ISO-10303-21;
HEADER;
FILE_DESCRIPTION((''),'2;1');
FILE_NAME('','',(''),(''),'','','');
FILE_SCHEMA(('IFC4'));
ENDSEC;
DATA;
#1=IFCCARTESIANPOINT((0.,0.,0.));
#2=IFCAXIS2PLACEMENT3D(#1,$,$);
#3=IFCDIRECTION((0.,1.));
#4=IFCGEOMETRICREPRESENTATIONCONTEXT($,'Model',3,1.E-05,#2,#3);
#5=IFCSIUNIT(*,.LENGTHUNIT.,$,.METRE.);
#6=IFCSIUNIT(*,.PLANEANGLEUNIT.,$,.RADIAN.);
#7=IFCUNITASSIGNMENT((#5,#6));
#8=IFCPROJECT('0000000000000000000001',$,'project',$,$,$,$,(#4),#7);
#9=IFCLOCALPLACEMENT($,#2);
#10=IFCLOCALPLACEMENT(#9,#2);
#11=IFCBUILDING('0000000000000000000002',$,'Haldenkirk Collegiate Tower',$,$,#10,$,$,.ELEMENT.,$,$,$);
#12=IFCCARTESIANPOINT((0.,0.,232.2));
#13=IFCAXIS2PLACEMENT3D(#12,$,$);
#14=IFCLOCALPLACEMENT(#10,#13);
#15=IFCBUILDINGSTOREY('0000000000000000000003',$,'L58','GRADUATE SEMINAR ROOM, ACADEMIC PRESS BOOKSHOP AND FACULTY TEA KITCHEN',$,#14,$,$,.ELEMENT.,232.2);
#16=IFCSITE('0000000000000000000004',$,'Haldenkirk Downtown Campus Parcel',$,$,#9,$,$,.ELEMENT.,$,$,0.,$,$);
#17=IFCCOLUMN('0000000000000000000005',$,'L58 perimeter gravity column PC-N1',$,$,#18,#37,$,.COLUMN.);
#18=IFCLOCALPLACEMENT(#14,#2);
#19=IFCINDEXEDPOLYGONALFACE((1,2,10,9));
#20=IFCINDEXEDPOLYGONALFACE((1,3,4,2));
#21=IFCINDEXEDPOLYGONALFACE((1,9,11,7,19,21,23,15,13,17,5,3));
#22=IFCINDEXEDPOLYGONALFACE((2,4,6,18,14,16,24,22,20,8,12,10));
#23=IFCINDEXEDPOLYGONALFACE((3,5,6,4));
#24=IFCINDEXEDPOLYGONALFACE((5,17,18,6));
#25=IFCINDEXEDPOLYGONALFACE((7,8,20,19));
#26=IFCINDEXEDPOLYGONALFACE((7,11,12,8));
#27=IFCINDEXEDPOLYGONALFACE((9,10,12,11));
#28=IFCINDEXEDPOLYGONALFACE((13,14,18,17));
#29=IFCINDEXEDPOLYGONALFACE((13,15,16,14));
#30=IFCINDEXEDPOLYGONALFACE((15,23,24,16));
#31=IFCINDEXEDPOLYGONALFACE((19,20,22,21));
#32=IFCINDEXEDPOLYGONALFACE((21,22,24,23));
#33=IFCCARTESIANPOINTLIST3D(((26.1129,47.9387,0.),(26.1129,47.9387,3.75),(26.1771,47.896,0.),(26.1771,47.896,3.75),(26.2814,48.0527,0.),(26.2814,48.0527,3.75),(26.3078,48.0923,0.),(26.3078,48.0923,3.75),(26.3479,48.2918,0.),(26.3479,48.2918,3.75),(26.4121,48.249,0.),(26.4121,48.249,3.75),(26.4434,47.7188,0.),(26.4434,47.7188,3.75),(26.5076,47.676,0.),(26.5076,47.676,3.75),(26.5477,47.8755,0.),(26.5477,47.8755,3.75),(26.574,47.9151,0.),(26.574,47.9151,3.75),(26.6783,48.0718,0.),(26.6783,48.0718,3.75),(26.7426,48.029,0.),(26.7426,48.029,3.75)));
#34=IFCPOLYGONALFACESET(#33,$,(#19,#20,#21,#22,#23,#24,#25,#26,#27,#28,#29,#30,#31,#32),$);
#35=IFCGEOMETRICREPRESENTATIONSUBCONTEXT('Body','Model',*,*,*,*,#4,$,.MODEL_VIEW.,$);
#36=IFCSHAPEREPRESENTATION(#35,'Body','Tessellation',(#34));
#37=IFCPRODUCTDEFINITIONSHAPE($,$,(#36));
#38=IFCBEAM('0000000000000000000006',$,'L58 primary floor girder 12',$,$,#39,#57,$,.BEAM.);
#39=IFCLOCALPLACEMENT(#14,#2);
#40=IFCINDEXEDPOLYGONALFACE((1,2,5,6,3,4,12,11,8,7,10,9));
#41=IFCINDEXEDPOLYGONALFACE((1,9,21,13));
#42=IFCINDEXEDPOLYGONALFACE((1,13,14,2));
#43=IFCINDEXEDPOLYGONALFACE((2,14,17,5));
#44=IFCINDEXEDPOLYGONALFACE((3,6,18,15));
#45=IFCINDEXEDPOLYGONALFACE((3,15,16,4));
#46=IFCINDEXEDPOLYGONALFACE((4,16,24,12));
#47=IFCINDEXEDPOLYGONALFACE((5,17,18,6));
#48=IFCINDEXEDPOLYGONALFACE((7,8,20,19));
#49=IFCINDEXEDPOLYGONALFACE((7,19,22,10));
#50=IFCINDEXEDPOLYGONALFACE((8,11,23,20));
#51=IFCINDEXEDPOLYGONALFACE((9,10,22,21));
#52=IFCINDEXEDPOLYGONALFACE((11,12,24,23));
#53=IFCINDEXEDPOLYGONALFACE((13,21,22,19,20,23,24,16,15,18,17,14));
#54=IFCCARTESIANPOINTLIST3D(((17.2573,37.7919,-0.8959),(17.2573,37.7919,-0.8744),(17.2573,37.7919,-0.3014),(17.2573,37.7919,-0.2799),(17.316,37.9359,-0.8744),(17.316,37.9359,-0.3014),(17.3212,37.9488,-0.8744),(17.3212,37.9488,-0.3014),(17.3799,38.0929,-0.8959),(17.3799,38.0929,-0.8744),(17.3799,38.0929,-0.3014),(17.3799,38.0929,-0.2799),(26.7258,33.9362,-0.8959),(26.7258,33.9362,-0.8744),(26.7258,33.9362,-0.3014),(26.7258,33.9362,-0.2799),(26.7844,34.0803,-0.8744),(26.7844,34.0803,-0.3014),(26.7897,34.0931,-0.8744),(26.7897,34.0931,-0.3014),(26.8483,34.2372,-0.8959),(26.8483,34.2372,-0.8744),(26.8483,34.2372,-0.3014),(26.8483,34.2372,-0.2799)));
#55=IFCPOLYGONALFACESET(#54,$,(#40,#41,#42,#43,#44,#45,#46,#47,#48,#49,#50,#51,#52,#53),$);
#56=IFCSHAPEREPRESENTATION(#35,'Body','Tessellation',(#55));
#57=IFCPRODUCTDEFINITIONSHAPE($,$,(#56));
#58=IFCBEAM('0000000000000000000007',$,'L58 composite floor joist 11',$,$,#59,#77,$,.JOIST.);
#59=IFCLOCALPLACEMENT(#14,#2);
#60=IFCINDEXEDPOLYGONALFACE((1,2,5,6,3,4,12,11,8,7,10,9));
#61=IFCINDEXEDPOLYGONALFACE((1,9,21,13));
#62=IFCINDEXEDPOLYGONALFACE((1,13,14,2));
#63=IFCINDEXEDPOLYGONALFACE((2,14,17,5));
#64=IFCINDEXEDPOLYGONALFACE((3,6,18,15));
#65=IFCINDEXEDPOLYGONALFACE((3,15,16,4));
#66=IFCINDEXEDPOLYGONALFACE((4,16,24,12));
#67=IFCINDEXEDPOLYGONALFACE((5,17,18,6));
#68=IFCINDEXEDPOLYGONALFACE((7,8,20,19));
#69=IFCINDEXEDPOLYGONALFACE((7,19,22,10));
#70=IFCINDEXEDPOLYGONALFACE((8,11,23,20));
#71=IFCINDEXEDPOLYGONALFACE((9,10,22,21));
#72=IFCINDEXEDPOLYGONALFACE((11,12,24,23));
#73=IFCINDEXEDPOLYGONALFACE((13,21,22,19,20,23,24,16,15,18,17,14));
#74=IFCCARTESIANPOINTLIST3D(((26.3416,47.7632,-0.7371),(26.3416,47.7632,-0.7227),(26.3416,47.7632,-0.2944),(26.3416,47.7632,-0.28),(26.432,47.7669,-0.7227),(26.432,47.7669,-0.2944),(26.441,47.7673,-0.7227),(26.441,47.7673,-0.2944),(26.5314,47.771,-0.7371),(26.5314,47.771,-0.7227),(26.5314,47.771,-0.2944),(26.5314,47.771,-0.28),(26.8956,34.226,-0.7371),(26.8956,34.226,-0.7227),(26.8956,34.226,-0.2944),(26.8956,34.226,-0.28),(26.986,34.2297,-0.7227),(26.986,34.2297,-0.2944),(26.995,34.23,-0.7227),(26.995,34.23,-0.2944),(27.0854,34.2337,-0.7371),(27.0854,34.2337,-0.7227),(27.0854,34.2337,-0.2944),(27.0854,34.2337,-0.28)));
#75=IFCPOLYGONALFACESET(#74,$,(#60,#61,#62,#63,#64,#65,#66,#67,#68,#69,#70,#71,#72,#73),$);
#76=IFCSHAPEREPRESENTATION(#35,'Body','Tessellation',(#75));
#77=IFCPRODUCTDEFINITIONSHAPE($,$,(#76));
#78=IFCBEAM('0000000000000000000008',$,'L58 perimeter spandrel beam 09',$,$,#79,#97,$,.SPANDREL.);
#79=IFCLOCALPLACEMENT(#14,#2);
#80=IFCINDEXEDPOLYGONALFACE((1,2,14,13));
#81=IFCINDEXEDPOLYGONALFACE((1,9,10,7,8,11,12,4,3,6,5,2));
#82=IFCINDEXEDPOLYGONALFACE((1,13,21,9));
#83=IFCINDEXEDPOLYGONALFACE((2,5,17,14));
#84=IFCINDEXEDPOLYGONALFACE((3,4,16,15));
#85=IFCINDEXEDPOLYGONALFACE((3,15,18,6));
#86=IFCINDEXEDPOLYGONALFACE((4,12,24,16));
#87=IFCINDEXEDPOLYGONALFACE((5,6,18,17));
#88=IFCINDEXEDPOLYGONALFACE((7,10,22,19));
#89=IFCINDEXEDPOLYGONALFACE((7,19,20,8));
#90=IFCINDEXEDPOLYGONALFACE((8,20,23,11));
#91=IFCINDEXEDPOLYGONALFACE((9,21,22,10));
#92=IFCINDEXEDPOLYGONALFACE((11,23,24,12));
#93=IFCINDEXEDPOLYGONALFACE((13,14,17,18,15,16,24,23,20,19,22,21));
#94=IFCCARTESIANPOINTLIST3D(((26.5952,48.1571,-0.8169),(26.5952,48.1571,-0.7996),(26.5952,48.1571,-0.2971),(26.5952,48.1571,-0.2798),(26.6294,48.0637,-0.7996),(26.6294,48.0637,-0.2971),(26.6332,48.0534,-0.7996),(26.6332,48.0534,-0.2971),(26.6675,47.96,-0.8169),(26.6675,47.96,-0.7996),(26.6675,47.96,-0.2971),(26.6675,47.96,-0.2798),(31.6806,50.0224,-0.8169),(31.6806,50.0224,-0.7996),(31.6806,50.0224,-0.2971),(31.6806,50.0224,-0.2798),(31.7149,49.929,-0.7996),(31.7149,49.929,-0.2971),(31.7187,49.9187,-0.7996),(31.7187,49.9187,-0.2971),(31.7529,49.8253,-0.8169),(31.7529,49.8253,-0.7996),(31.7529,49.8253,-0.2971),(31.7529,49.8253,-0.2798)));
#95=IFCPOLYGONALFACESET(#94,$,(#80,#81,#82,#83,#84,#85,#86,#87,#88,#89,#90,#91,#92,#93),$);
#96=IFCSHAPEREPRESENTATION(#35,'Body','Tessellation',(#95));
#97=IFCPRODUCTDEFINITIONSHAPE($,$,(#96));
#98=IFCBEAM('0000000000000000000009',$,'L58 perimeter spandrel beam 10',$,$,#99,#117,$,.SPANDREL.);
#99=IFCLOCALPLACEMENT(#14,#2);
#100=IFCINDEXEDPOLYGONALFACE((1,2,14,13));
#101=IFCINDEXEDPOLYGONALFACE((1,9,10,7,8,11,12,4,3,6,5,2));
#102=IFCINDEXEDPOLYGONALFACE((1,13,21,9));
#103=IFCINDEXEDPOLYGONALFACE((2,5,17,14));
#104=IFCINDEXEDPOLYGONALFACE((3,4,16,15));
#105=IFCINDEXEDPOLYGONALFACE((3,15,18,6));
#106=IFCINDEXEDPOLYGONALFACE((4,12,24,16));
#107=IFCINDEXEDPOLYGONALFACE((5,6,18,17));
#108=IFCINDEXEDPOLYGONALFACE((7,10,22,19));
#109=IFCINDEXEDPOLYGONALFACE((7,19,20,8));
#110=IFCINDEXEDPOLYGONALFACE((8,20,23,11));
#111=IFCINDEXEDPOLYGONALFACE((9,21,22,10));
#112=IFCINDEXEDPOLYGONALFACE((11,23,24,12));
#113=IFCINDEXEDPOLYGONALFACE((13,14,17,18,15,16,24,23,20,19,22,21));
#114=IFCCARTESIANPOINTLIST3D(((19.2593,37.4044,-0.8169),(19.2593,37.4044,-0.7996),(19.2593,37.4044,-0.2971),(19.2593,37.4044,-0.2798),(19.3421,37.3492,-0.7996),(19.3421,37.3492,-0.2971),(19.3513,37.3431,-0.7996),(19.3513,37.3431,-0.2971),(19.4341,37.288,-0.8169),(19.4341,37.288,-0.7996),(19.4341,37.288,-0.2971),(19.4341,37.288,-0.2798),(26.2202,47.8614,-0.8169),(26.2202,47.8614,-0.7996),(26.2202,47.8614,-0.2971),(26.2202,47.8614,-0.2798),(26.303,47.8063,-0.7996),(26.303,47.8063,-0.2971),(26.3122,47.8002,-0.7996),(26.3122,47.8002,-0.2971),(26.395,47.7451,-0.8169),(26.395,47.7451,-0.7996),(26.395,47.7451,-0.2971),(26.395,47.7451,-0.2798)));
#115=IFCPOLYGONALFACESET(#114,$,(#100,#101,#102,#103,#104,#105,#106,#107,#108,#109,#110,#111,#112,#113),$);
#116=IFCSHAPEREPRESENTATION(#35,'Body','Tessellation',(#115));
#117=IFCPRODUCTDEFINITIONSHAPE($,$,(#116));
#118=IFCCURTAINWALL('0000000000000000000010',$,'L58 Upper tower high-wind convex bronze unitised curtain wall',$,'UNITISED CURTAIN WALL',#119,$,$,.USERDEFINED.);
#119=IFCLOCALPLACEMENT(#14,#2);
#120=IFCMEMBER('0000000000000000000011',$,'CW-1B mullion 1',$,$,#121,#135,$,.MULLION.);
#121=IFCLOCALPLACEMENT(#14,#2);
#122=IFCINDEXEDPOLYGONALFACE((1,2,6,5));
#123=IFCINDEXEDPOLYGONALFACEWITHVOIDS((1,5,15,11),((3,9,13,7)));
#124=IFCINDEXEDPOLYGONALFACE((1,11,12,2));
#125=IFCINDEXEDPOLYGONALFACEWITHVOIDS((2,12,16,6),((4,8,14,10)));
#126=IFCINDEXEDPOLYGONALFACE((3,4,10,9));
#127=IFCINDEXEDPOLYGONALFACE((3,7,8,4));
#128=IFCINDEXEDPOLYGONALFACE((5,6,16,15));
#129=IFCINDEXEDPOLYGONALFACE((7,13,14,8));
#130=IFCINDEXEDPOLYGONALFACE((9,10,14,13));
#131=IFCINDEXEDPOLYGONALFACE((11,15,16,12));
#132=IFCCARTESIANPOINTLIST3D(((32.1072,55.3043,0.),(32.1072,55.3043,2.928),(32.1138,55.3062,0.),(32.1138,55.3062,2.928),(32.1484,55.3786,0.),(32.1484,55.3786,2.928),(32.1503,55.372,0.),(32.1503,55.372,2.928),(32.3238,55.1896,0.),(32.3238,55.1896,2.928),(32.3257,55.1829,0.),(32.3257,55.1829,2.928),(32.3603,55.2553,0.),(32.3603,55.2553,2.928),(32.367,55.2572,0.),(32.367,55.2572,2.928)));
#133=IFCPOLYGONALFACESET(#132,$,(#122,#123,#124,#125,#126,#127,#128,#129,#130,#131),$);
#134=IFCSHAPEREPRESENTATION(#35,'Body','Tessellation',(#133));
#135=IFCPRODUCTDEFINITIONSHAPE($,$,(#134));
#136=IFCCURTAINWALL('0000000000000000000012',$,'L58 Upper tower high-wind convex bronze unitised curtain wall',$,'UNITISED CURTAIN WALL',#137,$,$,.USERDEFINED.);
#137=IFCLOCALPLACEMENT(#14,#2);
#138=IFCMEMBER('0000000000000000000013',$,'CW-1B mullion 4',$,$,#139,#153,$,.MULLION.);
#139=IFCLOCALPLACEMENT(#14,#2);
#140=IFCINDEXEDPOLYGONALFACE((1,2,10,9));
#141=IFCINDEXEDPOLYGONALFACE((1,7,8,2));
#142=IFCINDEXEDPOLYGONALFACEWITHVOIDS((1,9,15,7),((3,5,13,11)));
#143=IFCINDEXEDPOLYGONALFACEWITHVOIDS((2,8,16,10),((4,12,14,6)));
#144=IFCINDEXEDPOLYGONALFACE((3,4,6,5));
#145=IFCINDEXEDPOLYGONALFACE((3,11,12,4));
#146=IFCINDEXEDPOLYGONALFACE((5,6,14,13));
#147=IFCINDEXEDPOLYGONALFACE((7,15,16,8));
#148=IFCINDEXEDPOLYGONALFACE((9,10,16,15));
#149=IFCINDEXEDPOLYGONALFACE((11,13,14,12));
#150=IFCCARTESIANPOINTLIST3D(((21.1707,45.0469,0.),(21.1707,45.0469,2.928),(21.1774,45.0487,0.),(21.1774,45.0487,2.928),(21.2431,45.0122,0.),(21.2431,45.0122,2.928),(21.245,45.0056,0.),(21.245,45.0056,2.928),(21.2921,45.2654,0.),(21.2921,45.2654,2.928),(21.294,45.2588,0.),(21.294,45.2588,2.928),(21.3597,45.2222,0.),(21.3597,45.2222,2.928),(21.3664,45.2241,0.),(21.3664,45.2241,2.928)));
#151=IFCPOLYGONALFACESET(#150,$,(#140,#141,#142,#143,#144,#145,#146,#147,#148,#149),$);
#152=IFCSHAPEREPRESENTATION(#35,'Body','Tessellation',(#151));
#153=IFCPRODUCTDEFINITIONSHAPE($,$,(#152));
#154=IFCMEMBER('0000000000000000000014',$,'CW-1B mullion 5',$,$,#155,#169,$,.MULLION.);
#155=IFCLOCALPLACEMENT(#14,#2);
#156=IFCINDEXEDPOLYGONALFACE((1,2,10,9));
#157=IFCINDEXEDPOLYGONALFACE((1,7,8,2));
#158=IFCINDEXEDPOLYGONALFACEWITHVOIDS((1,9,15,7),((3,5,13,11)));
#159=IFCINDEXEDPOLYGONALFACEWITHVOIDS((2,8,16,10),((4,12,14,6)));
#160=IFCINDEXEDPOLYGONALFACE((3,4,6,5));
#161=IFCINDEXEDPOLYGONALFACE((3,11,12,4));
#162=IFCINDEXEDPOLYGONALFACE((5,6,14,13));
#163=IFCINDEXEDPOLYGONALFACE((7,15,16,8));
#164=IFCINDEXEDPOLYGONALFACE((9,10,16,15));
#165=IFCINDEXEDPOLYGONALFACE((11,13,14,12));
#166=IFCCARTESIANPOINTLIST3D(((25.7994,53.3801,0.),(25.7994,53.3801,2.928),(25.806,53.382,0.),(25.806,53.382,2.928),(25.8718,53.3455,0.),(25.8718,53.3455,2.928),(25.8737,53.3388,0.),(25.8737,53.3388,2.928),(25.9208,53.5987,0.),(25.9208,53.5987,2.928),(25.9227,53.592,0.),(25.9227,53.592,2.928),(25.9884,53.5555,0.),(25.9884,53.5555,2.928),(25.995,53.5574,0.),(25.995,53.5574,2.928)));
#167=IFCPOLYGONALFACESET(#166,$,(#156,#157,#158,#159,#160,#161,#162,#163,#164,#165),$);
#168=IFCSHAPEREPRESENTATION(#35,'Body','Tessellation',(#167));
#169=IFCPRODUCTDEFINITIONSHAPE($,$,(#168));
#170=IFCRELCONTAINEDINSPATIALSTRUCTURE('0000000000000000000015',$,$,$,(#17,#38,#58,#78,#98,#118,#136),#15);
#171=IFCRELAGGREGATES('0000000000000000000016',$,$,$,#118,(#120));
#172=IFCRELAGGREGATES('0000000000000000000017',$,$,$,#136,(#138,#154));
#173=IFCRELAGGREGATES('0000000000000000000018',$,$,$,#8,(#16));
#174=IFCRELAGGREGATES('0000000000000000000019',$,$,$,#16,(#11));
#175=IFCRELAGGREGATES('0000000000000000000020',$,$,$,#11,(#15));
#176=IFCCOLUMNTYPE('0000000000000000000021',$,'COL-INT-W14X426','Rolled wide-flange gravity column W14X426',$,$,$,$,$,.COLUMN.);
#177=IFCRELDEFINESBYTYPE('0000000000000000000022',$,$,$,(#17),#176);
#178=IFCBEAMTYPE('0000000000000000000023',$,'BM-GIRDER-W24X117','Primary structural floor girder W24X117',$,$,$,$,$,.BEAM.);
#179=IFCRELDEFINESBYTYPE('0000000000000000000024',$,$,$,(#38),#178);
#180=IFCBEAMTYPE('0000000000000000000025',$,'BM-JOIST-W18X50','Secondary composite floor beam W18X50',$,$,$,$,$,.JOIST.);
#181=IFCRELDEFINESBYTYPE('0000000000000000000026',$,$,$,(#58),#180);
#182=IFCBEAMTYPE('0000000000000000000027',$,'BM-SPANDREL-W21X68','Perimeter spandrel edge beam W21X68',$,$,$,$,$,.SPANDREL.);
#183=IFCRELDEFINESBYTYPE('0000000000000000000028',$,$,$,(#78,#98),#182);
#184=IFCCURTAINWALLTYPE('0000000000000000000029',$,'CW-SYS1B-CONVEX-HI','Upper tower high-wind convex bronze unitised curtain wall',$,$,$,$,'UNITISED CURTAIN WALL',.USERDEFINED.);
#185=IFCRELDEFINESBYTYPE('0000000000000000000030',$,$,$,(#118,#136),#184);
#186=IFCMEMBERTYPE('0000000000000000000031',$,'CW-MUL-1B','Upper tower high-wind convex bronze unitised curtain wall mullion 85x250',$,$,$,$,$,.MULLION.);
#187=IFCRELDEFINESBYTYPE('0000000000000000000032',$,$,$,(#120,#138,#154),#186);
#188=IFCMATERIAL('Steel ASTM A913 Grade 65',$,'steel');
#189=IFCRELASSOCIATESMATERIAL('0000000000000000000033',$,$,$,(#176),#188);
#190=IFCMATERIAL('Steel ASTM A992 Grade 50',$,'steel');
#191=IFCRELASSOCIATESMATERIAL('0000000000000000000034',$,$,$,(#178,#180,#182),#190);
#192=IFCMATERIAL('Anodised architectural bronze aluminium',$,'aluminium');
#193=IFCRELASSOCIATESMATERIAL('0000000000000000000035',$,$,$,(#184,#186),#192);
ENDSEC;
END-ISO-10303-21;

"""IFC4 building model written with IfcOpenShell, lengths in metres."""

from ifc_helpers import new_model, si_unit, direction, frame, origin, origin_2d, place, context, subcontext, project, spatial, hollow_rectangle, i_section, extrude, material, material_profile, profile_set, type_object, element, aggregate, save


model = new_model("IFC4")

# Units and contexts
model_context = context("Model", 3, precision=1e-05, world=origin(), true_north=direction((0.0, 1.0)))
body_context = subcontext(model_context, "Body", "Model", "MODEL_VIEW")
ifc_project = project(units=[si_unit("LENGTHUNIT", "METRE"), si_unit("PLANEANGLEUNIT", "RADIAN")], contexts=[model_context])

# Site, building, storey
site_placement = place(None, origin())
site = spatial("IfcSite", under=ifc_project, at=site_placement, Name="Haldenkirk Downtown Campus Parcel", CompositionType="ELEMENT", RefElevation=0.0)
building_placement = place(site_placement, origin())
building = spatial("IfcBuilding", under=site, at=building_placement, Name="Haldenkirk Collegiate Tower", CompositionType="ELEMENT")
storey_placement = place(building_placement, frame((0.0, 0.0, 232.2)))
storey = spatial("IfcBuildingStorey", under=building, at=storey_placement, Name="L58", Description="GRADUATE SEMINAR ROOM, ACADEMIC PRESS BOOKSHOP AND FACULTY TEA KITCHEN", CompositionType="ELEMENT", Elevation=232.2)

# Column
ifc_material_1 = material(Name="Steel ASTM A913 Grade 65", Category="steel")
ifc_material_profile_1 = material_profile(ifc_material_1, i_section(OverallWidth=0.4241, OverallDepth=0.4741, WebThickness=0.0476, FlangeThickness=0.0771, at=origin_2d()), Name="W14X426")
ifc_profile_set_1 = profile_set([ifc_material_profile_1], Name="Steel ASTM A913 Grade 65")
column_type = type_object("IfcColumnType", Name="COL-INT-W14X426", Description="Rolled wide-flange gravity column W14X426", PredefinedType="COLUMN", material=ifc_profile_set_1)
column_placement = place(storey_placement, frame((26.4277, 47.9839, 0.0), z_axis=(0.0, 0.0, 1.0), x_axis=(0.554118, 0.832438, 0.0)))
element("IfcColumn", 1, at=column_placement, inside=storey, type_object=column_type, Name="L58 perimeter gravity column PC-N1", PredefinedType="COLUMN", context=body_context, shape_type="SweptSolid", body=[
    extrude(i_section(OverallWidth=0.4241, OverallDepth=0.4741, WebThickness=0.0476, FlangeThickness=0.0771, at=origin_2d()), origin(), (0.0, 0.0, 1.0), 3.75),
])

# Beams
ifc_material_2 = material(Name="Steel ASTM A992 Grade 50", Category="steel")
ifc_material_profile_2 = material_profile(ifc_material_2, i_section(OverallWidth=0.325, OverallDepth=0.616, WebThickness=0.0139, FlangeThickness=0.0215, at=origin_2d()), Name="W24X117")
ifc_profile_set_2 = profile_set([ifc_material_profile_2], Name="Steel ASTM A992 Grade 50")
beam_type_1 = type_object("IfcBeamType", Name="BM-GIRDER-W24X117", Description="Primary structural floor girder W24X117", PredefinedType="BEAM", material=ifc_profile_set_2)
beam_1_placement = place(storey_placement, frame((17.3186, 37.9424, -0.5879), z_axis=(0.926155, -0.377144, 0.0), x_axis=(0.377144, 0.926155, 0.0)))
element("IfcBeam", 2, at=beam_1_placement, inside=storey, type_object=beam_type_1, Name="L58 primary floor girder 12", PredefinedType="BEAM", context=body_context, shape_type="SweptSolid", body=[
    extrude(i_section(OverallWidth=0.325, OverallDepth=0.616, WebThickness=0.0139, FlangeThickness=0.0215, at=origin_2d()), origin(), (0.0, 0.0, 1.0), 10.2234),
])
ifc_material_profile_3 = material_profile(ifc_material_2, i_section(OverallWidth=0.1899, OverallDepth=0.457, WebThickness=0.009, FlangeThickness=0.0144, at=origin_2d()), Name="W18X50")
ifc_profile_set_3 = profile_set([ifc_material_profile_3], Name="Steel ASTM A992 Grade 50")
beam_type_2 = type_object("IfcBeamType", Name="BM-JOIST-W18X50", Description="Secondary composite floor beam W18X50", PredefinedType="JOIST", material=ifc_profile_set_3)
beam_2_placement = place(storey_placement, frame((26.4365, 47.7671, -0.5085), z_axis=(0.040886, -0.999164, 0.0), x_axis=(0.999164, 0.040886, 0.0)))
element("IfcBeam", 3, at=beam_2_placement, inside=storey, type_object=beam_type_2, Name="L58 composite floor joist 11", PredefinedType="JOIST", context=body_context, shape_type="SweptSolid", body=[
    extrude(i_section(OverallWidth=0.1899, OverallDepth=0.457, WebThickness=0.009, FlangeThickness=0.0144, at=origin_2d()), origin(), (0.0, 0.0, 1.0), 13.5486),
])
ifc_material_profile_4 = material_profile(ifc_material_2, i_section(OverallWidth=0.21, OverallDepth=0.5371, WebThickness=0.011, FlangeThickness=0.0173, at=origin_2d()), Name="W21X68")
ifc_profile_set_4 = profile_set([ifc_material_profile_4], Name="Steel ASTM A992 Grade 50")
beam_type_3 = type_object("IfcBeamType", Name="BM-SPANDREL-W21X68", Description="Perimeter spandrel edge beam W21X68", PredefinedType="SPANDREL", material=ifc_profile_set_4)
beam_3_placement = place(storey_placement, frame((31.7168, 49.9238, -0.5483), z_axis=(-0.938842, -0.344347, 0.0), x_axis=(0.344347, -0.938842, 0.0)))
element("IfcBeam", 4, at=beam_3_placement, inside=storey, type_object=beam_type_3, Name="L58 perimeter spandrel beam 09", PredefinedType="SPANDREL", context=body_context, shape_type="SweptSolid", body=[
    extrude(i_section(OverallWidth=0.21, OverallDepth=0.5371, WebThickness=0.011, FlangeThickness=0.0173, at=origin_2d()), origin(), (0.0, 0.0, 1.0), 5.4167),
])
beam_4_placement = place(storey_placement, frame((26.3076, 47.8032, -0.5483), z_axis=(-0.554126, -0.832433, 0.0), x_axis=(0.832433, -0.554126, 0.0)))
element("IfcBeam", 5, at=beam_4_placement, inside=storey, type_object=beam_type_3, Name="L58 perimeter spandrel beam 10", PredefinedType="SPANDREL", context=body_context, shape_type="SweptSolid", body=[
    extrude(i_section(OverallWidth=0.21, OverallDepth=0.5371, WebThickness=0.011, FlangeThickness=0.0173, at=origin_2d()), origin(), (0.0, 0.0, 1.0), 12.562),
])

# Curtain wall, member
ifc_material_3 = material(Name="Anodised architectural bronze aluminium", Category="aluminium")
curtain_wall_type = type_object("IfcCurtainWallType", Name="CW-SYS1B-CONVEX-HI", Description="Upper tower high-wind convex bronze unitised curtain wall", ElementType="UNITISED CURTAIN WALL", PredefinedType="USERDEFINED", material=ifc_material_3)
curtain_wall_1_placement = place(storey_placement, origin())
curtain_wall_1 = element("IfcCurtainWall", 6, at=curtain_wall_1_placement, inside=storey, type_object=curtain_wall_type, Name="L58 Upper tower high-wind convex bronze unitised curtain wall", ObjectType="UNITISED CURTAIN WALL", PredefinedType="USERDEFINED")
ifc_material_profile_5 = material_profile(ifc_material_3, hollow_rectangle(XDim=0.085, YDim=0.25, WallThickness=0.0049, at=origin_2d()), Name="CW-MUL-1B")
ifc_profile_set_5 = profile_set([ifc_material_profile_5], Name="Anodised architectural bronze aluminium")
member_type_1 = type_object("IfcMemberType", Name="CW-MUL-1B", Description="Upper tower high-wind convex bronze unitised curtain wall mullion 85x250", PredefinedType="MULLION", material=ifc_profile_set_5)
member_1_placement = place(storey_placement, frame((32.2371, 55.2808, 0.0), z_axis=(0.0, 0.0, 1.0), x_axis=(0.485572, 0.874196, 0.0)))
member_1 = element("IfcMember", 7, at=member_1_placement, type_object=member_type_1, Name="CW-1B mullion 1", PredefinedType="MULLION", context=body_context, shape_type="SweptSolid", body=[
    extrude(hollow_rectangle(XDim=0.085, YDim=0.25, WallThickness=0.0049, at=origin_2d()), origin(), (0.0, 0.0, 1.0), 2.928),
])
aggregate(curtain_wall_1, [member_1])

# Curtain wall, members
curtain_wall_2_placement = place(storey_placement, origin())
curtain_wall_2 = element("IfcCurtainWall", 8, at=curtain_wall_2_placement, inside=storey, type_object=curtain_wall_type, Name="L58 Upper tower high-wind convex bronze unitised curtain wall", ObjectType="UNITISED CURTAIN WALL", PredefinedType="USERDEFINED")
member_2_placement = place(storey_placement, frame((21.2686, 45.1355, 0.0), z_axis=(0.0, 0.0, 1.0), x_axis=(-0.874197, 0.485572, 0.0)))
member_2 = element("IfcMember", 9, at=member_2_placement, type_object=member_type_1, Name="CW-1B mullion 4", PredefinedType="MULLION", context=body_context, shape_type="SweptSolid", body=[
    extrude(hollow_rectangle(XDim=0.085, YDim=0.25, WallThickness=0.0049, at=origin_2d()), origin(), (0.0, 0.0, 1.0), 2.928),
])
member_3_placement = place(storey_placement, frame((25.8972, 53.4688, 0.0), z_axis=(0.0, 0.0, 1.0), x_axis=(-0.874197, 0.485572, 0.0)))
member_3 = element("IfcMember", 10, at=member_3_placement, type_object=member_type_1, Name="CW-1B mullion 5", PredefinedType="MULLION", context=body_context, shape_type="SweptSolid", body=[
    extrude(hollow_rectangle(XDim=0.085, YDim=0.25, WallThickness=0.0049, at=origin_2d()), origin(), (0.0, 0.0, 1.0), 2.928),
])
aggregate(curtain_wall_2, [member_2, member_3])

save(model, "model.ifc")
